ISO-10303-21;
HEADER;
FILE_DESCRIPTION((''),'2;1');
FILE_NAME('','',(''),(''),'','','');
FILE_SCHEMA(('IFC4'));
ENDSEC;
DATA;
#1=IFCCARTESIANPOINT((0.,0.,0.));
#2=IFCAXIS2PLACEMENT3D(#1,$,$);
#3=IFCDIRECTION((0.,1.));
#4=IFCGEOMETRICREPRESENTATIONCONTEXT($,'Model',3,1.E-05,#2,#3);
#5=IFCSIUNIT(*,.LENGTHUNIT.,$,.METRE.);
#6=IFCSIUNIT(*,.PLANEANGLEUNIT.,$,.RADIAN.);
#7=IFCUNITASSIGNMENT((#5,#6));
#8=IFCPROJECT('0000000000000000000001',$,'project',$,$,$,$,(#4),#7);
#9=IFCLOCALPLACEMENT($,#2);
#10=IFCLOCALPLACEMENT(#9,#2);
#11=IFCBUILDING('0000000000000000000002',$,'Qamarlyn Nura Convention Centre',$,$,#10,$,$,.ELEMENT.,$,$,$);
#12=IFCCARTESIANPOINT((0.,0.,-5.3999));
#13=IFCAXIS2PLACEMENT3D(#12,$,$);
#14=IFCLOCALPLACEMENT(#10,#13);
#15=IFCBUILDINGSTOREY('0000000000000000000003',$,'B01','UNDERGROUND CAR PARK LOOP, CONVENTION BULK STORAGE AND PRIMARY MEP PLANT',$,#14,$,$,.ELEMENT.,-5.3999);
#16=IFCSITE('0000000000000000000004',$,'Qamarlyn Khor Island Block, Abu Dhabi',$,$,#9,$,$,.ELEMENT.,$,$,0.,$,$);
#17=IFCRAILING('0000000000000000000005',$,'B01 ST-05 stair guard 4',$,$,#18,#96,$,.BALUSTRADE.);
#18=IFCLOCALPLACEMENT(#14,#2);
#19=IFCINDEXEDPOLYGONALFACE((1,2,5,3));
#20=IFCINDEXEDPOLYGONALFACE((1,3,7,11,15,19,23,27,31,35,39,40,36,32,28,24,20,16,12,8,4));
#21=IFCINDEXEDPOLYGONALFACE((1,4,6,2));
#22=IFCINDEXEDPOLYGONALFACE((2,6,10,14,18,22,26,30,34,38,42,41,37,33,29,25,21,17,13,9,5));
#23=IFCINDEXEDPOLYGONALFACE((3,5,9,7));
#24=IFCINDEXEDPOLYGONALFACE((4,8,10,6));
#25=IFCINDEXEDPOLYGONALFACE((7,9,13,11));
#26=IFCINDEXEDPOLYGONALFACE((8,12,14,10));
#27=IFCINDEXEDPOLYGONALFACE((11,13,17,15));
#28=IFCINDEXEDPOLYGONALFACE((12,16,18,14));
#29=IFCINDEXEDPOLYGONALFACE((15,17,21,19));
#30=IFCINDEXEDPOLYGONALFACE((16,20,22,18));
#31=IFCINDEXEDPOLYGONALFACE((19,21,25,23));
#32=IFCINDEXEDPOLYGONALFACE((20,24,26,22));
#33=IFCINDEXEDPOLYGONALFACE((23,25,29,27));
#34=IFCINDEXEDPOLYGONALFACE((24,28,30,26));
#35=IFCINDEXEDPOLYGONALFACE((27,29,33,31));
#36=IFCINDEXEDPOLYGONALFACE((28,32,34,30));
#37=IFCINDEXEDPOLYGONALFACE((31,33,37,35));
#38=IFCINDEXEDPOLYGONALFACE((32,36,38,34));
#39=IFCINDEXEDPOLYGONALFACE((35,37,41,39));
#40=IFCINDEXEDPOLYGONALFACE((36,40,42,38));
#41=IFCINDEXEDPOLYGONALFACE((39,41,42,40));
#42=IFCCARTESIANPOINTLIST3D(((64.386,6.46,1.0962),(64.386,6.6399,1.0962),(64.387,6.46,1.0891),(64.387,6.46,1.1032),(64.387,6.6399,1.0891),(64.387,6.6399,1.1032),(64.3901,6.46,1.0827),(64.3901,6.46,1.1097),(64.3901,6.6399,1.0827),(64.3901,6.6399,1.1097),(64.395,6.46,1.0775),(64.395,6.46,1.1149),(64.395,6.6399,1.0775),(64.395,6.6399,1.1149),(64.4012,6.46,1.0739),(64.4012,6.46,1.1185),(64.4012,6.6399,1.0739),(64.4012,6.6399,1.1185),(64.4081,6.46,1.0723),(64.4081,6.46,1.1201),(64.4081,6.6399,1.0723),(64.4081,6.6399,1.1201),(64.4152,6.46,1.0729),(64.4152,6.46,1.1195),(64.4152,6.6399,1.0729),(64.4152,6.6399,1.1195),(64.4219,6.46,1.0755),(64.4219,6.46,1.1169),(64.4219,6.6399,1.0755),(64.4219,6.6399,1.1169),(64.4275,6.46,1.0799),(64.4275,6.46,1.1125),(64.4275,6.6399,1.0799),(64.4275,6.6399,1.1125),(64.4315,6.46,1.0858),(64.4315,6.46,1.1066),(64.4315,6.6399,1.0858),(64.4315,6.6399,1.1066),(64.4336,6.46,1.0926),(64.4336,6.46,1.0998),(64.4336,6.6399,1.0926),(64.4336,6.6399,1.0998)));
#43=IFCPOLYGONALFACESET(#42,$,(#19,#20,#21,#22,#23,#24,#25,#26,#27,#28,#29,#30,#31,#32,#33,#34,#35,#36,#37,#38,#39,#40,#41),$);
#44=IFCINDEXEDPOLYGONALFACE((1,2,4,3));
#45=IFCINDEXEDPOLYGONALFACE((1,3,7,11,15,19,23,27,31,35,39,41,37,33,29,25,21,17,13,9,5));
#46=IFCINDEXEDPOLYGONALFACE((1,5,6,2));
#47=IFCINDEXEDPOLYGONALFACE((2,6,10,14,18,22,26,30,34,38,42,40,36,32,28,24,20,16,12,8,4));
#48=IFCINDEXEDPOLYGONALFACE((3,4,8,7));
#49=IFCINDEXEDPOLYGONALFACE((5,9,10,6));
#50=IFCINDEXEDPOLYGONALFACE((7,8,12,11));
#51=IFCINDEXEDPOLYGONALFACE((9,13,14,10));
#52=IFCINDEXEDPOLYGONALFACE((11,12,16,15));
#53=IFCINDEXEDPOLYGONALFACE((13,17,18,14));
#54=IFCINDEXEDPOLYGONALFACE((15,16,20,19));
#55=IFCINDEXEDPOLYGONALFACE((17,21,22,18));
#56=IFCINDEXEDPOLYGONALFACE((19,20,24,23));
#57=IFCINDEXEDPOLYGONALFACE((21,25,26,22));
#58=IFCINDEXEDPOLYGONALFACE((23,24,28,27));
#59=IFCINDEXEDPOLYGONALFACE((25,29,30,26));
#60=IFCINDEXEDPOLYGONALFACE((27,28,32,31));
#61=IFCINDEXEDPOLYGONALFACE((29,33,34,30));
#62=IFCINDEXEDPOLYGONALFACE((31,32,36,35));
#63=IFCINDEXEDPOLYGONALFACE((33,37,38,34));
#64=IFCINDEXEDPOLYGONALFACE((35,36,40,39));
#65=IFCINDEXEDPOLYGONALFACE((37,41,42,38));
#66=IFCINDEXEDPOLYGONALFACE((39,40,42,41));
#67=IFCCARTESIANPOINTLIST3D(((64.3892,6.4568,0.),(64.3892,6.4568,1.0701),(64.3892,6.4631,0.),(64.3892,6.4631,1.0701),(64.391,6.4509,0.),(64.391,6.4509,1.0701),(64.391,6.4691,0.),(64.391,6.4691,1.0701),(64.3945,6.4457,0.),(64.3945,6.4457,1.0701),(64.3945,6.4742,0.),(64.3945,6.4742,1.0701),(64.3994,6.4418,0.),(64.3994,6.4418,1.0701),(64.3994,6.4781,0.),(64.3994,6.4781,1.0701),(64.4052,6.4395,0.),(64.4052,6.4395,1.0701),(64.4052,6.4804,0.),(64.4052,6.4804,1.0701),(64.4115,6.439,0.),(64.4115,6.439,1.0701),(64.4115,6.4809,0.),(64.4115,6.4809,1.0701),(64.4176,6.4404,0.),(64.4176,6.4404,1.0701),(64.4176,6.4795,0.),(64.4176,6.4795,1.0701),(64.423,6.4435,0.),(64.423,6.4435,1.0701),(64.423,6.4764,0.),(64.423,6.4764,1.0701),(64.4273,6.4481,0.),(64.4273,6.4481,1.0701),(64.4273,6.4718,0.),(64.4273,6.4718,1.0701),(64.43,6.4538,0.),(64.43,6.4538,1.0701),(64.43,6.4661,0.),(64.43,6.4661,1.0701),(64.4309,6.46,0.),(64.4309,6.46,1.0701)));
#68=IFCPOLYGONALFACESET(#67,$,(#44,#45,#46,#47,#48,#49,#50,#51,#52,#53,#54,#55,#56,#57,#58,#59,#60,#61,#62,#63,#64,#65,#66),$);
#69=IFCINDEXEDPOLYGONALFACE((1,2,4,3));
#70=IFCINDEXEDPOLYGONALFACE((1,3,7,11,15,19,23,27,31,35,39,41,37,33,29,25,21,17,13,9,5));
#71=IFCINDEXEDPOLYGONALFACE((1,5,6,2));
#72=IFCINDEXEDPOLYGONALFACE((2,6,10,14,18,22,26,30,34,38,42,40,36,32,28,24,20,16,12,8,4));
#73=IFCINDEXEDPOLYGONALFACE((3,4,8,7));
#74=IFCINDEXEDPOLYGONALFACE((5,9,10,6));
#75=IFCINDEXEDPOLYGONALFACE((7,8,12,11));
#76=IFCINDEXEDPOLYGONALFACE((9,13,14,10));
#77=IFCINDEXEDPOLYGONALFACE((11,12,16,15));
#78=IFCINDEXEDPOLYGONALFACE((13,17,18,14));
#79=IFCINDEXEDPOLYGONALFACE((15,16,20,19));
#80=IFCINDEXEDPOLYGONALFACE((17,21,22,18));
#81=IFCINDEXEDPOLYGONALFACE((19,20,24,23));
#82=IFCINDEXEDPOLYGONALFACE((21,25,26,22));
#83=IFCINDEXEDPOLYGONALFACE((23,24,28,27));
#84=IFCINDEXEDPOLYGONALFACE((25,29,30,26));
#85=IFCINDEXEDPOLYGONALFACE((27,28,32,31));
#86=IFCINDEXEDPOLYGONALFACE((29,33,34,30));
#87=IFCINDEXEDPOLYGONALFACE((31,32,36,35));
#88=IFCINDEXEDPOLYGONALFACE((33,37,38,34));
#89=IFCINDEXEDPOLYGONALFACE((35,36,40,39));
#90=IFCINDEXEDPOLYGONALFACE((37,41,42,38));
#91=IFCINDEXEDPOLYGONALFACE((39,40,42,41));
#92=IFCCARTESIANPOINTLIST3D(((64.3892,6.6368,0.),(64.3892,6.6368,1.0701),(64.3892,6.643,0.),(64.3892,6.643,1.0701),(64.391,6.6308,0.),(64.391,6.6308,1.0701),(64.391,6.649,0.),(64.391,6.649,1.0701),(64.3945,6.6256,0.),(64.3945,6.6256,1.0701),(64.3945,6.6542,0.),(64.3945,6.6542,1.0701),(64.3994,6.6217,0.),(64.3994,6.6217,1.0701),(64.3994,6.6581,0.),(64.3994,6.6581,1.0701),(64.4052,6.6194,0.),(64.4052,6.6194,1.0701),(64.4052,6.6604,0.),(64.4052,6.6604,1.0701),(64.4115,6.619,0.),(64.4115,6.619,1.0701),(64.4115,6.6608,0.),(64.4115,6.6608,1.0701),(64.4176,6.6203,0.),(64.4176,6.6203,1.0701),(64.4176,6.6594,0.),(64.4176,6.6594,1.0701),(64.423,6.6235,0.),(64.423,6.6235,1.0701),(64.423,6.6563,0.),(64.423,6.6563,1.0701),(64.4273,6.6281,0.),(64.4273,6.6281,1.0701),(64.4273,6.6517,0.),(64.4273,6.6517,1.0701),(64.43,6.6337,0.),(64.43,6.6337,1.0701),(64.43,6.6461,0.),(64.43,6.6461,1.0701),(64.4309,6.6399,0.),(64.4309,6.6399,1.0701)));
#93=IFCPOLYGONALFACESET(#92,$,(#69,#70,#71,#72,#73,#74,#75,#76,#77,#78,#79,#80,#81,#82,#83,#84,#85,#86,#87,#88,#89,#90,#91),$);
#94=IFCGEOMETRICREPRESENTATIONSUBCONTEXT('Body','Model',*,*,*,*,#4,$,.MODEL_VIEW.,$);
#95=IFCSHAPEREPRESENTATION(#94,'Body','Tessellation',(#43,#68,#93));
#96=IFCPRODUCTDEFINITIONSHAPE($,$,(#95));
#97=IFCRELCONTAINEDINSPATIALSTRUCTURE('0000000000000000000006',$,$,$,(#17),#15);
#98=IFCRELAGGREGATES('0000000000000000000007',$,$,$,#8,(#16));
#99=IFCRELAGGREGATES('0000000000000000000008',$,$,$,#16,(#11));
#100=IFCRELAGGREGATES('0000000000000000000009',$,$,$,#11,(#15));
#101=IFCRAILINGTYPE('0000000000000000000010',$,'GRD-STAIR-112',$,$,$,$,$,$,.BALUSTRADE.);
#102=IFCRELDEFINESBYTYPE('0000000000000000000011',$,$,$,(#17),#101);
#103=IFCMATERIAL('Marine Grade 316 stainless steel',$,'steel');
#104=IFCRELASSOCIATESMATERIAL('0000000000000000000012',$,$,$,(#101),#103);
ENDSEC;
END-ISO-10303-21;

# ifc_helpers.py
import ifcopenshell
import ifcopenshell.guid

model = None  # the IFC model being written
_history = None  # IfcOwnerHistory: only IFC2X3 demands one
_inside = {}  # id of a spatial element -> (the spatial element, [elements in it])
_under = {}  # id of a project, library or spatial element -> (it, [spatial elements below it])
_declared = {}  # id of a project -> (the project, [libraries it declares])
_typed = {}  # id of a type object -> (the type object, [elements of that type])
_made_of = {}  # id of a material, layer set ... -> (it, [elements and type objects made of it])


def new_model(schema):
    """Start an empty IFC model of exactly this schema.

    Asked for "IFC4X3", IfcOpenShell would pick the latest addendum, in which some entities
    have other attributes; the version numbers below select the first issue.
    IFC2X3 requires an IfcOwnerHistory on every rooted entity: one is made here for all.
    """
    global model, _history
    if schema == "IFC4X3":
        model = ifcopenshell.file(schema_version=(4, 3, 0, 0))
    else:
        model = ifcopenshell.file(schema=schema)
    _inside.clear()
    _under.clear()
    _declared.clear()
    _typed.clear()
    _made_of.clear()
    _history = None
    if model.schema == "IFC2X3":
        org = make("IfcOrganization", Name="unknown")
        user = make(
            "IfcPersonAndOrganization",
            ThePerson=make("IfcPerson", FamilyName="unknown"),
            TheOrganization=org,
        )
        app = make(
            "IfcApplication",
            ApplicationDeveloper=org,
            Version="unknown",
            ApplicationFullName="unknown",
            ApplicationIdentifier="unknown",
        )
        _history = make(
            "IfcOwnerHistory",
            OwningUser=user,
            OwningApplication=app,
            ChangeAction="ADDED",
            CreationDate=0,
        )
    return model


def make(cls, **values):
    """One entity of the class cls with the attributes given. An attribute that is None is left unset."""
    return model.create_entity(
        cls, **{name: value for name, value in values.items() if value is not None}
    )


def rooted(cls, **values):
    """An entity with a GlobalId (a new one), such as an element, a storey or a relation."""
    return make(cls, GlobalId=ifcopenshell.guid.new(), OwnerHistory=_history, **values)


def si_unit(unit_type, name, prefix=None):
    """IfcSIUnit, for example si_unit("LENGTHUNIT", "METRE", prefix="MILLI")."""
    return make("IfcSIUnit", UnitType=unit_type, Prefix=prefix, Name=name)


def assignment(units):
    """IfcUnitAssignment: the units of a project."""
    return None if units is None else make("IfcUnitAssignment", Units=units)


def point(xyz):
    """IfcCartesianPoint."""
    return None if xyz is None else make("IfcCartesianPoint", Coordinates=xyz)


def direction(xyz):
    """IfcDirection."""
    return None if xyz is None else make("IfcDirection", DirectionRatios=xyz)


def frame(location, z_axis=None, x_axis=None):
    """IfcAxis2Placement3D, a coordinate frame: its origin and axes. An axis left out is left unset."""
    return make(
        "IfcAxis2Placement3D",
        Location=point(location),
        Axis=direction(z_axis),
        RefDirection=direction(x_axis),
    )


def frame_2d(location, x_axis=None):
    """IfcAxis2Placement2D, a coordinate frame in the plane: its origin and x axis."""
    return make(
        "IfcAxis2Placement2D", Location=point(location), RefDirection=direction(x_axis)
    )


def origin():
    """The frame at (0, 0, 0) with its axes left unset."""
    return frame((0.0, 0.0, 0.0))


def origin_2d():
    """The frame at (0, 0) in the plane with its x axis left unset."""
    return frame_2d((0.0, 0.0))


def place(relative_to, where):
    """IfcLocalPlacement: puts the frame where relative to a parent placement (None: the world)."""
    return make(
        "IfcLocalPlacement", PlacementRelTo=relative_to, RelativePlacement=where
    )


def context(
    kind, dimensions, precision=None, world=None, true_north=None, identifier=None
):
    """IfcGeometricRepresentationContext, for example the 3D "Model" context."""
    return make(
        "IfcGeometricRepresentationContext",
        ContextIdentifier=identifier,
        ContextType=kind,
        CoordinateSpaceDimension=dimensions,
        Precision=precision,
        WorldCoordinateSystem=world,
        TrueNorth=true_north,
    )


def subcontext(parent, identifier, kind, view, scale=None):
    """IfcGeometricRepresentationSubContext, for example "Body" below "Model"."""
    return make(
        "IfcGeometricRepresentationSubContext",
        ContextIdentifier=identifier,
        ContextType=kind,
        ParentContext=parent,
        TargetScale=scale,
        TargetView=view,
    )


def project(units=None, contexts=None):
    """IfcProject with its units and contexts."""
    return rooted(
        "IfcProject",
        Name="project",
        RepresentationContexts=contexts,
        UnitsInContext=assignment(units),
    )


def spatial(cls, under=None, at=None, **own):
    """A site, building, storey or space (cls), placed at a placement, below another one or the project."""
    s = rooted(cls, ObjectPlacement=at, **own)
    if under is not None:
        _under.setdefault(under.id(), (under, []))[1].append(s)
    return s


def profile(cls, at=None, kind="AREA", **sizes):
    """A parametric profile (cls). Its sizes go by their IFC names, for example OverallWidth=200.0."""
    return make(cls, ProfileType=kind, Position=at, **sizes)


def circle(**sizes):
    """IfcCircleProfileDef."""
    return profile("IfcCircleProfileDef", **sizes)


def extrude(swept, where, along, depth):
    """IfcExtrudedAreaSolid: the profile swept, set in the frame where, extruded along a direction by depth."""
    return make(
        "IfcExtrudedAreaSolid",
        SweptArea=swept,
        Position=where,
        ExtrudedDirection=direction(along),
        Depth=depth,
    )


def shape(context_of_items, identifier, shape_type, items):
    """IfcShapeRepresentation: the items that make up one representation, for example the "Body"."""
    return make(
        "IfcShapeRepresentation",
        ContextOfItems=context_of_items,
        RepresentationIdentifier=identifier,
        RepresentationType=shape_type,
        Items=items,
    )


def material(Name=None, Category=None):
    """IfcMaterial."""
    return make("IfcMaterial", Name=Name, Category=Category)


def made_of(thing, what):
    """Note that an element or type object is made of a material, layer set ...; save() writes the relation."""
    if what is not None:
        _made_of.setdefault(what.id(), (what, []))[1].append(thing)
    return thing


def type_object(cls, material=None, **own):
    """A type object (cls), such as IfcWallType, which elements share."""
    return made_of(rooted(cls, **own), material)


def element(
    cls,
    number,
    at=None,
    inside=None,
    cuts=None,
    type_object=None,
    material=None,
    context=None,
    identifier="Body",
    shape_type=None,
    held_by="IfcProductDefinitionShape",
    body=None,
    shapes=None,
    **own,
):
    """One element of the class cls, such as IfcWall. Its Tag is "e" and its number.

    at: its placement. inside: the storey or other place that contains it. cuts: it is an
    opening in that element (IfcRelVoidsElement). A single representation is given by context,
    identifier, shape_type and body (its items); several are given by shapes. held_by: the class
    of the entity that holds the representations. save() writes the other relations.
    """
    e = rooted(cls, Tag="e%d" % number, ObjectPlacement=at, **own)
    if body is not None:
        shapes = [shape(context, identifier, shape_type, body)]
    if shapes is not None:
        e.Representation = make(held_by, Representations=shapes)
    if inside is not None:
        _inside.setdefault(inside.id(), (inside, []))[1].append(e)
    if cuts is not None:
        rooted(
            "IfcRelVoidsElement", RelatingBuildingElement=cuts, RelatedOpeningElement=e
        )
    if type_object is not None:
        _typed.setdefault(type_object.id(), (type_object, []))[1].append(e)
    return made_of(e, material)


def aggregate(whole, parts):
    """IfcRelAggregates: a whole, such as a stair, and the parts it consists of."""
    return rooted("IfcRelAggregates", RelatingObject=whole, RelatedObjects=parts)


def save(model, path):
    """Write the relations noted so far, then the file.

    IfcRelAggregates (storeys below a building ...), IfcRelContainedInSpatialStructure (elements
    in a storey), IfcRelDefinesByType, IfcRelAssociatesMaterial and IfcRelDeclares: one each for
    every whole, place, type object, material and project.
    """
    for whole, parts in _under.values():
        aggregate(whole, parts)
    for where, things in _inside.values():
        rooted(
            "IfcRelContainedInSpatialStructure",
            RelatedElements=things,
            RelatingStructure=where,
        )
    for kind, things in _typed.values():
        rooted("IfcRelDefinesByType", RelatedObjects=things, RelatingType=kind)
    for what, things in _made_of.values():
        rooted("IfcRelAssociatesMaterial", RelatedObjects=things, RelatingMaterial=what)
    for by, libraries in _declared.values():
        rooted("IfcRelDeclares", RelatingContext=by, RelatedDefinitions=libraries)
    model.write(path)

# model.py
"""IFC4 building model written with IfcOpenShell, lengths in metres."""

from ifc_helpers import new_model, si_unit, direction, frame, origin, origin_2d, place, context, subcontext, project, spatial, circle, extrude, material, type_object, element, save


model = new_model("IFC4")

# Units and contexts
model_context = context("Model", 3, precision=1e-05, world=origin(), true_north=direction((0.0, 1.0)))
body_context = subcontext(model_context, "Body", "Model", "MODEL_VIEW")
ifc_project = project(units=[si_unit("LENGTHUNIT", "METRE"), si_unit("PLANEANGLEUNIT", "RADIAN")], contexts=[model_context])

# Site, building, storey
site_placement = place(None, origin())
site = spatial("IfcSite", under=ifc_project, at=site_placement, Name="Qamarlyn Khor Island Block, Abu Dhabi", CompositionType="ELEMENT", RefElevation=0.0)
building_placement = place(site_placement, origin())
building = spatial("IfcBuilding", under=site, at=building_placement, Name="Qamarlyn Nura Convention Centre", CompositionType="ELEMENT")
storey_placement = place(building_placement, frame((0.0, 0.0, -5.3999)))
storey = spatial("IfcBuildingStorey", under=building, at=storey_placement, Name="B01", Description="UNDERGROUND CAR PARK LOOP, CONVENTION BULK STORAGE AND PRIMARY MEP PLANT", CompositionType="ELEMENT", Elevation=-5.3999)

# Railing
ifc_material_1 = material(Name="Marine Grade 316 stainless steel", Category="steel")
railing_type_1 = type_object("IfcRailingType", Name="GRD-STAIR-112", PredefinedType="BALUSTRADE", material=ifc_material_1)
railing_1_placement = place(storey_placement, frame((64.4099, 6.46, 0.0)))
element("IfcRailing", 1, at=railing_1_placement, inside=storey, type_object=railing_type_1, Name="B01 ST-05 stair guard 4", PredefinedType="BALUSTRADE", context=body_context, shape_type="SweptSolid", body=[
    extrude(circle(Radius=0.0239, at=origin_2d()), frame((0.0, 0.0, 1.0962), z_axis=(0.0, 1.0, 0.0), x_axis=(-1.0, 0.0, 0.0)), (0.0, 0.0, 1.0), 0.1799),
    extrude(circle(Radius=0.021, at=origin_2d()), origin(), (0.0, 0.0, 1.0), 1.0701),
    extrude(circle(Radius=0.021, at=origin_2d()), frame((0.0, 0.1799, 0.0)), (0.0, 0.0, 1.0), 1.0701),
])

save(model, "model.ifc")
